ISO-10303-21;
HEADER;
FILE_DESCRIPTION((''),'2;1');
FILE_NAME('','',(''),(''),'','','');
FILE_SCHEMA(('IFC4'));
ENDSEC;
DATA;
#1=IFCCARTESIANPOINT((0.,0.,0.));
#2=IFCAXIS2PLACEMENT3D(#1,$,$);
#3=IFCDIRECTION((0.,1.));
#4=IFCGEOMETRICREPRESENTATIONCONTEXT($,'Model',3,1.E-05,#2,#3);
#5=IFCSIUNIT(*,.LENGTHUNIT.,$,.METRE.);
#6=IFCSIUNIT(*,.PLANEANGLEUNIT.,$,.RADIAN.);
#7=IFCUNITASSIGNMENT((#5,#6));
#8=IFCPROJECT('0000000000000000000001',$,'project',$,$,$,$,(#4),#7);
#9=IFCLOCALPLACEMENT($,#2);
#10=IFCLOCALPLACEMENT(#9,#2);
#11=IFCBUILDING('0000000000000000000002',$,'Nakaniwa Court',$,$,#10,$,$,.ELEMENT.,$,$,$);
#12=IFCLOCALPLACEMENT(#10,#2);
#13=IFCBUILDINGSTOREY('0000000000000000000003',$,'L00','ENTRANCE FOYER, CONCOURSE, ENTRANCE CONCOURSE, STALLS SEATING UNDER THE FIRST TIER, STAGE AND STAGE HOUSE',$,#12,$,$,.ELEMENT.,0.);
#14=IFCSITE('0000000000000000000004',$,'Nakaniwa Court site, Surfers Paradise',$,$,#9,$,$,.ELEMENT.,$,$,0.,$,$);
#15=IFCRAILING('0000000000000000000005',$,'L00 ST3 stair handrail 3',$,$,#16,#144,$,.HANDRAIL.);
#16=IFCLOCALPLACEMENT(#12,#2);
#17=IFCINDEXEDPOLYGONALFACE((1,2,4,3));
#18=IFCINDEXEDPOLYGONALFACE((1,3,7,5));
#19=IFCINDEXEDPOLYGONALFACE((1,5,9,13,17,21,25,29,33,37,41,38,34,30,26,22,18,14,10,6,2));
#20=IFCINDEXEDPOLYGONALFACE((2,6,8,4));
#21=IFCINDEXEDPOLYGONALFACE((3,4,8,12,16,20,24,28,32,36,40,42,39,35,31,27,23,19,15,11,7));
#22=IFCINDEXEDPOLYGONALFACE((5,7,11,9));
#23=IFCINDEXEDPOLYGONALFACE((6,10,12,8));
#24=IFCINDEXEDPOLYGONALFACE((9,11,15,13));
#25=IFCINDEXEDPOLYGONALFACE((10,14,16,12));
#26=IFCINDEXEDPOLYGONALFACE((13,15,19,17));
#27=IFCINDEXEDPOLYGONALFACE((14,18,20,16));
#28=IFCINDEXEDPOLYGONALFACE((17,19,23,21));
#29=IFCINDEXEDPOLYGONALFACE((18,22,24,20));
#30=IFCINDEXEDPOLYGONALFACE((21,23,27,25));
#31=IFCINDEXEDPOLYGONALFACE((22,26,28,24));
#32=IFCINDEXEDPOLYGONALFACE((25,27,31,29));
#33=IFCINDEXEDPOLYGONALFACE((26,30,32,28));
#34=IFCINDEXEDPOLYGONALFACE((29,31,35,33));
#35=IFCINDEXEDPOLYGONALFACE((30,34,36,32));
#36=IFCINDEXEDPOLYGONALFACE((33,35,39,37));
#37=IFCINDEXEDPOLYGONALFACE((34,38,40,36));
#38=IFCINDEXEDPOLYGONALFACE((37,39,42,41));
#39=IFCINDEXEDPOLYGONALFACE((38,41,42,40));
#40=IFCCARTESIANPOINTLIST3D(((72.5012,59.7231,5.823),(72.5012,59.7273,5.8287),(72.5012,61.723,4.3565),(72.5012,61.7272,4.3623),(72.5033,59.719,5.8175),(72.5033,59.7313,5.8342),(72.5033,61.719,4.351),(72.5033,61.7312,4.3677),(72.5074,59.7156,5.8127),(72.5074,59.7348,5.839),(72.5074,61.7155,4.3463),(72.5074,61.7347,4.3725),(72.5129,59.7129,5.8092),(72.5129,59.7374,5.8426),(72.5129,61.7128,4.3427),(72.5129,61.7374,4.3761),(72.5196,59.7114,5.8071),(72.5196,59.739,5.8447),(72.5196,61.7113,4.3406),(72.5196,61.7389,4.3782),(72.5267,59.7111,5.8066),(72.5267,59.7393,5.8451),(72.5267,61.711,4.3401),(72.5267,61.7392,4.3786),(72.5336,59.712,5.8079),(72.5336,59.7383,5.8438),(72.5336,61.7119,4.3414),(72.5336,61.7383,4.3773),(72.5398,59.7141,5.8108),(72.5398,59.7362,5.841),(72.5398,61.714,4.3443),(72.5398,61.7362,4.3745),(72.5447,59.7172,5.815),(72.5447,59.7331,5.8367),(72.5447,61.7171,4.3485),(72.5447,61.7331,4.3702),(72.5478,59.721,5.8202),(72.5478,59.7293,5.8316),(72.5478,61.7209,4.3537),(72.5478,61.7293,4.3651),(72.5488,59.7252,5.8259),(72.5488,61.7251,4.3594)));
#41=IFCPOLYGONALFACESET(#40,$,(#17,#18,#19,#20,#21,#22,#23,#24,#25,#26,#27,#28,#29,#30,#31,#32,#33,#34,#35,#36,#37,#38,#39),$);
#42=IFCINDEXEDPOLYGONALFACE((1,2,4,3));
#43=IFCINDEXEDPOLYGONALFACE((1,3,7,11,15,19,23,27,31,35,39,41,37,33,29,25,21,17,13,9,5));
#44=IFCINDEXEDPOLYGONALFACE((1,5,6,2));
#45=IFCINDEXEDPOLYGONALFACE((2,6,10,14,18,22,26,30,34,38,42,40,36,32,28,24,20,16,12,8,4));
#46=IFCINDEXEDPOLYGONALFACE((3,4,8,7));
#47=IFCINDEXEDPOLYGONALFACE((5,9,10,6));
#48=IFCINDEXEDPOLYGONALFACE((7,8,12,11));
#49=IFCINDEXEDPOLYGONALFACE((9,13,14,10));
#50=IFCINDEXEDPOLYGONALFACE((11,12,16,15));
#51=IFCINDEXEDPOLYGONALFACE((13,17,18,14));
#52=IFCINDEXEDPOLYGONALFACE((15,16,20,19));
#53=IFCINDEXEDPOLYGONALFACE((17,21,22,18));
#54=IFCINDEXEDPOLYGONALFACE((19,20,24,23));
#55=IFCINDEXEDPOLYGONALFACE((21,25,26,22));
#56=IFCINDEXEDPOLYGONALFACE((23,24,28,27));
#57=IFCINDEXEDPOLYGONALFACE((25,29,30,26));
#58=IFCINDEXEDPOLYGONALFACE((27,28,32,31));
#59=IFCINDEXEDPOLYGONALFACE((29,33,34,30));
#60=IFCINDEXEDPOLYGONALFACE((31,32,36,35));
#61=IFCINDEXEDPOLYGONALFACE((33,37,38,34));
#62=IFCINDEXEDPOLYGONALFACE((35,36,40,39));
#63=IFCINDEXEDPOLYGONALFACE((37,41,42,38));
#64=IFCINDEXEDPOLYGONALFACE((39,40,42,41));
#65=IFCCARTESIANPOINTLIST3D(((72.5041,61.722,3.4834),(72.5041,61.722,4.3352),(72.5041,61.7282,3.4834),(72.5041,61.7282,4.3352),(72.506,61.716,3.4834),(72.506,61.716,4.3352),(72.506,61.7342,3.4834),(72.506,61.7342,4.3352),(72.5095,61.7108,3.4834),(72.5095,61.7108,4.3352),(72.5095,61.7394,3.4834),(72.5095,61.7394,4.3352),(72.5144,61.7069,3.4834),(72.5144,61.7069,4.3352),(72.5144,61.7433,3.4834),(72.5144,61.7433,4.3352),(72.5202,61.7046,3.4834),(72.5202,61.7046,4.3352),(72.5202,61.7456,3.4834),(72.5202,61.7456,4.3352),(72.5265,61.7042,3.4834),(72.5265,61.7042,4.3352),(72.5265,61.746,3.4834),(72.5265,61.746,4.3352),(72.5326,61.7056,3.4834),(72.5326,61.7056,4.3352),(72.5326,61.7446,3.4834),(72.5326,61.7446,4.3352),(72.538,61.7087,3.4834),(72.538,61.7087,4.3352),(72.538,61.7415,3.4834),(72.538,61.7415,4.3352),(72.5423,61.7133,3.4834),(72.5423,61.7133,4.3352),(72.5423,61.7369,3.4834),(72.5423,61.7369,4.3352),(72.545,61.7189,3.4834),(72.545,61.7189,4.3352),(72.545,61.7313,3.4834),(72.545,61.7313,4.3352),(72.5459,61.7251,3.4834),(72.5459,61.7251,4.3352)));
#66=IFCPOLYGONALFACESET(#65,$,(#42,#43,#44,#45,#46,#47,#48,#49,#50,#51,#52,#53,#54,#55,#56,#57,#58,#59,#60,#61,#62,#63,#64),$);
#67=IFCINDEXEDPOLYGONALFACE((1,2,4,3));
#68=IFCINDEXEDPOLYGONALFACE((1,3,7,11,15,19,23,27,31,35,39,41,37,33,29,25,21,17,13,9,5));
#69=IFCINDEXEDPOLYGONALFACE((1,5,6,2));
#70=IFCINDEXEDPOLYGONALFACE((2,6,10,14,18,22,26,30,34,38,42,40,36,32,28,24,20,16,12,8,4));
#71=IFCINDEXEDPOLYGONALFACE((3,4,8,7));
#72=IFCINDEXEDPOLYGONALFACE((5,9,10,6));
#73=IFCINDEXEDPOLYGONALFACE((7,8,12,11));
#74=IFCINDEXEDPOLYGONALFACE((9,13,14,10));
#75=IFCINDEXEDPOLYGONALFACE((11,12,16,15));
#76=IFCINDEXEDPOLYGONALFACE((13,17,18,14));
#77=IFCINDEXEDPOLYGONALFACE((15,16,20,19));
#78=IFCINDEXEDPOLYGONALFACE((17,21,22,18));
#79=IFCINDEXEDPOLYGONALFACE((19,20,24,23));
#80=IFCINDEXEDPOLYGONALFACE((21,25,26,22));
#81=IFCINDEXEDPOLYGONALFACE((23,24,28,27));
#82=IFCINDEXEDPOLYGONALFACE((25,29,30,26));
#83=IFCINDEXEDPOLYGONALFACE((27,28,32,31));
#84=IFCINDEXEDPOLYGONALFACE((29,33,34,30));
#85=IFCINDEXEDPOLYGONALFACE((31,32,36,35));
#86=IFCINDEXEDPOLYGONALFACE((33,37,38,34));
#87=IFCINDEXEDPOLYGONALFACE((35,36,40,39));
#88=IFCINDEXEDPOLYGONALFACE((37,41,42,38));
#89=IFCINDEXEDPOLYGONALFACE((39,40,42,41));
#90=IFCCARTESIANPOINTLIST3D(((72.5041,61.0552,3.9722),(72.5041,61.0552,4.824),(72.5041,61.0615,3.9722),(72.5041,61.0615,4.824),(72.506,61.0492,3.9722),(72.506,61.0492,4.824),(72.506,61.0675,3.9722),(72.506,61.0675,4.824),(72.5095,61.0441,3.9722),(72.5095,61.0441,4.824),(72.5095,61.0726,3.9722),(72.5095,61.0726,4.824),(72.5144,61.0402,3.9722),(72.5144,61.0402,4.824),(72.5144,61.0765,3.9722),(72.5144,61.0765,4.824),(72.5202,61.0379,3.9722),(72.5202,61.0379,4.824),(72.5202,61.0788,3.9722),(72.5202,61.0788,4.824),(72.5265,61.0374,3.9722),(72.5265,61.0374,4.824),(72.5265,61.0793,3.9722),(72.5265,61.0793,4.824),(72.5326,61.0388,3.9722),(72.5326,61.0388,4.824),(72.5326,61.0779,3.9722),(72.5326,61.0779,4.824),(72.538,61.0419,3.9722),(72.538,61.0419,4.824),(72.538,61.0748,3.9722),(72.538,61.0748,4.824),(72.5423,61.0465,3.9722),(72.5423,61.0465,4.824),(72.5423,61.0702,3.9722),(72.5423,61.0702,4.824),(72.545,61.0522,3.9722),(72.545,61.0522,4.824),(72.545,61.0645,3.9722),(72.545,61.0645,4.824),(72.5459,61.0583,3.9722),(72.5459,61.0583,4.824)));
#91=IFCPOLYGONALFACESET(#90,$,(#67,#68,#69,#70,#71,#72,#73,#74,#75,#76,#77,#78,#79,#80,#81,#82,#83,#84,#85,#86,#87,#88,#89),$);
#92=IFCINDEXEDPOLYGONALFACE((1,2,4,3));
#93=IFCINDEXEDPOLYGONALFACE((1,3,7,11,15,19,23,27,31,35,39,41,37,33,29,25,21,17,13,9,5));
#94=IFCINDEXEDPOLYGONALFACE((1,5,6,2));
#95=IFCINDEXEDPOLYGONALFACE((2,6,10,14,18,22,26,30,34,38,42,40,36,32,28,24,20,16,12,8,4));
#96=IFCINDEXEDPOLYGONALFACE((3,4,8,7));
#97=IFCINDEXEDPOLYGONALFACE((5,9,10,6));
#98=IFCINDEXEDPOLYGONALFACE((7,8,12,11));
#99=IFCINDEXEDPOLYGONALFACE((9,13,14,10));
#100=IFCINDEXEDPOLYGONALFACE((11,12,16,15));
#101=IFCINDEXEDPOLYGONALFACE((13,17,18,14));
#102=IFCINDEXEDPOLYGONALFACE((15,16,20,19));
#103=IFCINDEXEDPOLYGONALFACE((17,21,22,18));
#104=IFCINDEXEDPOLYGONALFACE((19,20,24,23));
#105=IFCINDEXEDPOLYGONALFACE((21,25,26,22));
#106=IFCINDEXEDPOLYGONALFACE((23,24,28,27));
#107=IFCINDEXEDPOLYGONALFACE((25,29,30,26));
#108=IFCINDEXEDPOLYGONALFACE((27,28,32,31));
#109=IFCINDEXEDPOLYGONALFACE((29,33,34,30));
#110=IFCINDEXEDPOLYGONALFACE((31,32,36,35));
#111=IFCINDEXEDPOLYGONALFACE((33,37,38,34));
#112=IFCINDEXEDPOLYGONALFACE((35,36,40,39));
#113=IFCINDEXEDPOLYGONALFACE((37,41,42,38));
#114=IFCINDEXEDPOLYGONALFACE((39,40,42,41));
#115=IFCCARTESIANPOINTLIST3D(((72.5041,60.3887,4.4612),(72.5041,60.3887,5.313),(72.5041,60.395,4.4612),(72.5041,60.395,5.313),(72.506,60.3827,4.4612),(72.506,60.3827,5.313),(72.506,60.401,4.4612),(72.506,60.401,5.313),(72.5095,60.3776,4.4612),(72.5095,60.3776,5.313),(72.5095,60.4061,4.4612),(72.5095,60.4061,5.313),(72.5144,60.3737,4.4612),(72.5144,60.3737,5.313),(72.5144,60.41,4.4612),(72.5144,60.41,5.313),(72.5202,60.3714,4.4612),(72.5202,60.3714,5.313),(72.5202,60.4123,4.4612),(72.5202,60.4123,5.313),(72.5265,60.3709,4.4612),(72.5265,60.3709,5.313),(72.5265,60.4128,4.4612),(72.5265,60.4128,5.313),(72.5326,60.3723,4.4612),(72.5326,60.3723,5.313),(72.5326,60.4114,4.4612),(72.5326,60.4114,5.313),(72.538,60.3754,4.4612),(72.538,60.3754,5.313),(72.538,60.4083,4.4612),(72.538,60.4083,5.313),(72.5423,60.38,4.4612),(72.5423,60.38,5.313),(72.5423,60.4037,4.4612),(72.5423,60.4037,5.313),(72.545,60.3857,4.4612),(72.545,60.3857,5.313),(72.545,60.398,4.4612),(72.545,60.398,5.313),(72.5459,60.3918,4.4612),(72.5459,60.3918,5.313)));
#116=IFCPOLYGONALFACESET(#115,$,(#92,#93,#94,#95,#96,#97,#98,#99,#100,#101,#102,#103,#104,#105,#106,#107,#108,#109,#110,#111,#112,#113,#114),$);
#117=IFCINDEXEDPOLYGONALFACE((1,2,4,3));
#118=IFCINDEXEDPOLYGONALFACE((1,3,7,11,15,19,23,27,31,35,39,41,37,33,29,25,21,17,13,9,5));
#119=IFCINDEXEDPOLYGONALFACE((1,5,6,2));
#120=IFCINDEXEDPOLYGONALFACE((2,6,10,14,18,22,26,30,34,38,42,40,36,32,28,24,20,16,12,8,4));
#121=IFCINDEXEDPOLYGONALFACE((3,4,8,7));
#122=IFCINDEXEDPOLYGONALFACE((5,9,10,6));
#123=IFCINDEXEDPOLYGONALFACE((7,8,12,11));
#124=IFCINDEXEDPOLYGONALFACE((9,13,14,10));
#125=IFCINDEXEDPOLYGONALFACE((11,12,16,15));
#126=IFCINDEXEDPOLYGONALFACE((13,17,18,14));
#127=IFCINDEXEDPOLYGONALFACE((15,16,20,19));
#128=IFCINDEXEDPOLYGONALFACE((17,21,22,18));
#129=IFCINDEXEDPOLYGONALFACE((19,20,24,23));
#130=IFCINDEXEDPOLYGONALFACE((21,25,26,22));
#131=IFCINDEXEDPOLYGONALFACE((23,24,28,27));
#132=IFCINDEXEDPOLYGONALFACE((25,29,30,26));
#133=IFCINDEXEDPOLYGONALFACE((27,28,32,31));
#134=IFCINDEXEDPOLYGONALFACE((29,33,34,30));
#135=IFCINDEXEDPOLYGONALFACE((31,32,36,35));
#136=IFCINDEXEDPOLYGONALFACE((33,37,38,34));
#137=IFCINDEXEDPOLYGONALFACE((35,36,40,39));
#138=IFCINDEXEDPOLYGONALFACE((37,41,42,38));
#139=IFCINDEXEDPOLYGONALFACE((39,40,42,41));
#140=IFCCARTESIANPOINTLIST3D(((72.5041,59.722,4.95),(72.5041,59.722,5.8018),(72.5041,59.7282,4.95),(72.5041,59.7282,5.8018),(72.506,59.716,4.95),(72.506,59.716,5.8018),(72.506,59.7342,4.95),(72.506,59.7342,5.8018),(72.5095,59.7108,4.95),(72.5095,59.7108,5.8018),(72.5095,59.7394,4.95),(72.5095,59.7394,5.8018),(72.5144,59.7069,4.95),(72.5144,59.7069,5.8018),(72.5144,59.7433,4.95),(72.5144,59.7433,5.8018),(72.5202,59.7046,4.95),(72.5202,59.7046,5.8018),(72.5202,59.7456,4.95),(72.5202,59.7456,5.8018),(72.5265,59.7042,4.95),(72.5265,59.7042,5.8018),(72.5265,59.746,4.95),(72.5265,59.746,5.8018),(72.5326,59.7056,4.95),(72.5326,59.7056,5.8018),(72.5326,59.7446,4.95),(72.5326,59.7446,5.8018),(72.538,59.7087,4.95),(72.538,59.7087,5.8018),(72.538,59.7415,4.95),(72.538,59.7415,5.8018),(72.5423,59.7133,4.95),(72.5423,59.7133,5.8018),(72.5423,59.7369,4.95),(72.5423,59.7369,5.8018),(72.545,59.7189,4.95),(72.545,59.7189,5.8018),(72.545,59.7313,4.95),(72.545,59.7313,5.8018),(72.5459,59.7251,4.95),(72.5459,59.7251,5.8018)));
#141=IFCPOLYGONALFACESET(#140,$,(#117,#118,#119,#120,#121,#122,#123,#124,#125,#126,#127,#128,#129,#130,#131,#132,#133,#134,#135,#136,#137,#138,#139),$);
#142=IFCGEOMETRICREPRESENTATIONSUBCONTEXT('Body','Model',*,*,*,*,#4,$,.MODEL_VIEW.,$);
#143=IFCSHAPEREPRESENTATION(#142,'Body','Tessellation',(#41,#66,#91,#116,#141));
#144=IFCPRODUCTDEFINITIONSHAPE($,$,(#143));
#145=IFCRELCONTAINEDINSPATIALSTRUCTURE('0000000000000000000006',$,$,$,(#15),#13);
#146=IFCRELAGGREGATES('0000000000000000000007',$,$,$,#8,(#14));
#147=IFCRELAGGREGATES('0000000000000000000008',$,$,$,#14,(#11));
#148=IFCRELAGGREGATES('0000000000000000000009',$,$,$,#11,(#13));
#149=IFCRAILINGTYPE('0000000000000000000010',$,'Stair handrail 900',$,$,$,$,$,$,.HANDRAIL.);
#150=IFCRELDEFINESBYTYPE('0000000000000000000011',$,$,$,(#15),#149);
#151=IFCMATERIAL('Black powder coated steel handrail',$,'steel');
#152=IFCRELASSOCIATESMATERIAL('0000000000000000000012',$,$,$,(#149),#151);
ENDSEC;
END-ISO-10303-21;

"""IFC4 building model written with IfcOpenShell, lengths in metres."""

from ifc_helpers import new_model, si_unit, direction, frame, origin, origin_2d, place, context, subcontext, project, spatial, circle, extrude, material, type_object, element, save


model = new_model("IFC4")

# Units and contexts
model_context = context("Model", 3, precision=1e-05, world=origin(), true_north=direction((0.0, 1.0)))
body_context = subcontext(model_context, "Body", "Model", "MODEL_VIEW")
ifc_project = project(units=[si_unit("LENGTHUNIT", "METRE"), si_unit("PLANEANGLEUNIT", "RADIAN")], contexts=[model_context])

# Site, building, storey
site_placement = place(None, origin())
site = spatial("IfcSite", under=ifc_project, at=site_placement, Name="Nakaniwa Court site, Surfers Paradise", CompositionType="ELEMENT", RefElevation=0.0)
building_placement = place(site_placement, origin())
building = spatial("IfcBuilding", under=site, at=building_placement, Name="Nakaniwa Court", CompositionType="ELEMENT")
storey_placement = place(building_placement, origin())
storey = spatial("IfcBuildingStorey", under=building, at=storey_placement, Name="L00", Description="ENTRANCE FOYER, CONCOURSE, ENTRANCE CONCOURSE, STALLS SEATING UNDER THE FIRST TIER, STAGE AND STAGE HOUSE", CompositionType="ELEMENT", Elevation=0.0)

# Railing
ifc_material_1 = material(Name="Black powder coated steel handrail", Category="steel")
railing_type_1 = type_object("IfcRailingType", Name="Stair handrail 900", PredefinedType="HANDRAIL", material=ifc_material_1)
for number, where, name in (
    (1, (72.5249, 61.7251, 3.4834), "L00 ST3 stair handrail 3"),
):
    element("IfcRailing", number, at=place(storey_placement, frame(where)), inside=storey, type_object=railing_type_1, Name=name, PredefinedType="HANDRAIL", context=body_context, shape_type="SweptSolid", body=[
        extrude(circle(Radius=0.0239, at=origin_2d()), frame((0.0, 0.0, 0.876), z_axis=(0.0, -0.806427, 0.591334), x_axis=(1.0, 0.0, 0.0)), (0.0, 0.0, 1.0), 2.48),
        extrude(circle(Radius=0.021, at=origin_2d()), origin(), (0.0, 0.0, 1.0), 0.8518),
        extrude(circle(Radius=0.021, at=origin_2d()), frame((0.0, -0.6667, 0.4888)), (0.0, 0.0, 1.0), 0.8518),
        extrude(circle(Radius=0.021, at=origin_2d()), frame((0.0, -1.3333, 0.9778)), (0.0, 0.0, 1.0), 0.8518),
        extrude(circle(Radius=0.021, at=origin_2d()), frame((0.0, -2.0, 1.4666)), (0.0, 0.0, 1.0), 0.8518),
    ])

save(model, "model.ifc")
